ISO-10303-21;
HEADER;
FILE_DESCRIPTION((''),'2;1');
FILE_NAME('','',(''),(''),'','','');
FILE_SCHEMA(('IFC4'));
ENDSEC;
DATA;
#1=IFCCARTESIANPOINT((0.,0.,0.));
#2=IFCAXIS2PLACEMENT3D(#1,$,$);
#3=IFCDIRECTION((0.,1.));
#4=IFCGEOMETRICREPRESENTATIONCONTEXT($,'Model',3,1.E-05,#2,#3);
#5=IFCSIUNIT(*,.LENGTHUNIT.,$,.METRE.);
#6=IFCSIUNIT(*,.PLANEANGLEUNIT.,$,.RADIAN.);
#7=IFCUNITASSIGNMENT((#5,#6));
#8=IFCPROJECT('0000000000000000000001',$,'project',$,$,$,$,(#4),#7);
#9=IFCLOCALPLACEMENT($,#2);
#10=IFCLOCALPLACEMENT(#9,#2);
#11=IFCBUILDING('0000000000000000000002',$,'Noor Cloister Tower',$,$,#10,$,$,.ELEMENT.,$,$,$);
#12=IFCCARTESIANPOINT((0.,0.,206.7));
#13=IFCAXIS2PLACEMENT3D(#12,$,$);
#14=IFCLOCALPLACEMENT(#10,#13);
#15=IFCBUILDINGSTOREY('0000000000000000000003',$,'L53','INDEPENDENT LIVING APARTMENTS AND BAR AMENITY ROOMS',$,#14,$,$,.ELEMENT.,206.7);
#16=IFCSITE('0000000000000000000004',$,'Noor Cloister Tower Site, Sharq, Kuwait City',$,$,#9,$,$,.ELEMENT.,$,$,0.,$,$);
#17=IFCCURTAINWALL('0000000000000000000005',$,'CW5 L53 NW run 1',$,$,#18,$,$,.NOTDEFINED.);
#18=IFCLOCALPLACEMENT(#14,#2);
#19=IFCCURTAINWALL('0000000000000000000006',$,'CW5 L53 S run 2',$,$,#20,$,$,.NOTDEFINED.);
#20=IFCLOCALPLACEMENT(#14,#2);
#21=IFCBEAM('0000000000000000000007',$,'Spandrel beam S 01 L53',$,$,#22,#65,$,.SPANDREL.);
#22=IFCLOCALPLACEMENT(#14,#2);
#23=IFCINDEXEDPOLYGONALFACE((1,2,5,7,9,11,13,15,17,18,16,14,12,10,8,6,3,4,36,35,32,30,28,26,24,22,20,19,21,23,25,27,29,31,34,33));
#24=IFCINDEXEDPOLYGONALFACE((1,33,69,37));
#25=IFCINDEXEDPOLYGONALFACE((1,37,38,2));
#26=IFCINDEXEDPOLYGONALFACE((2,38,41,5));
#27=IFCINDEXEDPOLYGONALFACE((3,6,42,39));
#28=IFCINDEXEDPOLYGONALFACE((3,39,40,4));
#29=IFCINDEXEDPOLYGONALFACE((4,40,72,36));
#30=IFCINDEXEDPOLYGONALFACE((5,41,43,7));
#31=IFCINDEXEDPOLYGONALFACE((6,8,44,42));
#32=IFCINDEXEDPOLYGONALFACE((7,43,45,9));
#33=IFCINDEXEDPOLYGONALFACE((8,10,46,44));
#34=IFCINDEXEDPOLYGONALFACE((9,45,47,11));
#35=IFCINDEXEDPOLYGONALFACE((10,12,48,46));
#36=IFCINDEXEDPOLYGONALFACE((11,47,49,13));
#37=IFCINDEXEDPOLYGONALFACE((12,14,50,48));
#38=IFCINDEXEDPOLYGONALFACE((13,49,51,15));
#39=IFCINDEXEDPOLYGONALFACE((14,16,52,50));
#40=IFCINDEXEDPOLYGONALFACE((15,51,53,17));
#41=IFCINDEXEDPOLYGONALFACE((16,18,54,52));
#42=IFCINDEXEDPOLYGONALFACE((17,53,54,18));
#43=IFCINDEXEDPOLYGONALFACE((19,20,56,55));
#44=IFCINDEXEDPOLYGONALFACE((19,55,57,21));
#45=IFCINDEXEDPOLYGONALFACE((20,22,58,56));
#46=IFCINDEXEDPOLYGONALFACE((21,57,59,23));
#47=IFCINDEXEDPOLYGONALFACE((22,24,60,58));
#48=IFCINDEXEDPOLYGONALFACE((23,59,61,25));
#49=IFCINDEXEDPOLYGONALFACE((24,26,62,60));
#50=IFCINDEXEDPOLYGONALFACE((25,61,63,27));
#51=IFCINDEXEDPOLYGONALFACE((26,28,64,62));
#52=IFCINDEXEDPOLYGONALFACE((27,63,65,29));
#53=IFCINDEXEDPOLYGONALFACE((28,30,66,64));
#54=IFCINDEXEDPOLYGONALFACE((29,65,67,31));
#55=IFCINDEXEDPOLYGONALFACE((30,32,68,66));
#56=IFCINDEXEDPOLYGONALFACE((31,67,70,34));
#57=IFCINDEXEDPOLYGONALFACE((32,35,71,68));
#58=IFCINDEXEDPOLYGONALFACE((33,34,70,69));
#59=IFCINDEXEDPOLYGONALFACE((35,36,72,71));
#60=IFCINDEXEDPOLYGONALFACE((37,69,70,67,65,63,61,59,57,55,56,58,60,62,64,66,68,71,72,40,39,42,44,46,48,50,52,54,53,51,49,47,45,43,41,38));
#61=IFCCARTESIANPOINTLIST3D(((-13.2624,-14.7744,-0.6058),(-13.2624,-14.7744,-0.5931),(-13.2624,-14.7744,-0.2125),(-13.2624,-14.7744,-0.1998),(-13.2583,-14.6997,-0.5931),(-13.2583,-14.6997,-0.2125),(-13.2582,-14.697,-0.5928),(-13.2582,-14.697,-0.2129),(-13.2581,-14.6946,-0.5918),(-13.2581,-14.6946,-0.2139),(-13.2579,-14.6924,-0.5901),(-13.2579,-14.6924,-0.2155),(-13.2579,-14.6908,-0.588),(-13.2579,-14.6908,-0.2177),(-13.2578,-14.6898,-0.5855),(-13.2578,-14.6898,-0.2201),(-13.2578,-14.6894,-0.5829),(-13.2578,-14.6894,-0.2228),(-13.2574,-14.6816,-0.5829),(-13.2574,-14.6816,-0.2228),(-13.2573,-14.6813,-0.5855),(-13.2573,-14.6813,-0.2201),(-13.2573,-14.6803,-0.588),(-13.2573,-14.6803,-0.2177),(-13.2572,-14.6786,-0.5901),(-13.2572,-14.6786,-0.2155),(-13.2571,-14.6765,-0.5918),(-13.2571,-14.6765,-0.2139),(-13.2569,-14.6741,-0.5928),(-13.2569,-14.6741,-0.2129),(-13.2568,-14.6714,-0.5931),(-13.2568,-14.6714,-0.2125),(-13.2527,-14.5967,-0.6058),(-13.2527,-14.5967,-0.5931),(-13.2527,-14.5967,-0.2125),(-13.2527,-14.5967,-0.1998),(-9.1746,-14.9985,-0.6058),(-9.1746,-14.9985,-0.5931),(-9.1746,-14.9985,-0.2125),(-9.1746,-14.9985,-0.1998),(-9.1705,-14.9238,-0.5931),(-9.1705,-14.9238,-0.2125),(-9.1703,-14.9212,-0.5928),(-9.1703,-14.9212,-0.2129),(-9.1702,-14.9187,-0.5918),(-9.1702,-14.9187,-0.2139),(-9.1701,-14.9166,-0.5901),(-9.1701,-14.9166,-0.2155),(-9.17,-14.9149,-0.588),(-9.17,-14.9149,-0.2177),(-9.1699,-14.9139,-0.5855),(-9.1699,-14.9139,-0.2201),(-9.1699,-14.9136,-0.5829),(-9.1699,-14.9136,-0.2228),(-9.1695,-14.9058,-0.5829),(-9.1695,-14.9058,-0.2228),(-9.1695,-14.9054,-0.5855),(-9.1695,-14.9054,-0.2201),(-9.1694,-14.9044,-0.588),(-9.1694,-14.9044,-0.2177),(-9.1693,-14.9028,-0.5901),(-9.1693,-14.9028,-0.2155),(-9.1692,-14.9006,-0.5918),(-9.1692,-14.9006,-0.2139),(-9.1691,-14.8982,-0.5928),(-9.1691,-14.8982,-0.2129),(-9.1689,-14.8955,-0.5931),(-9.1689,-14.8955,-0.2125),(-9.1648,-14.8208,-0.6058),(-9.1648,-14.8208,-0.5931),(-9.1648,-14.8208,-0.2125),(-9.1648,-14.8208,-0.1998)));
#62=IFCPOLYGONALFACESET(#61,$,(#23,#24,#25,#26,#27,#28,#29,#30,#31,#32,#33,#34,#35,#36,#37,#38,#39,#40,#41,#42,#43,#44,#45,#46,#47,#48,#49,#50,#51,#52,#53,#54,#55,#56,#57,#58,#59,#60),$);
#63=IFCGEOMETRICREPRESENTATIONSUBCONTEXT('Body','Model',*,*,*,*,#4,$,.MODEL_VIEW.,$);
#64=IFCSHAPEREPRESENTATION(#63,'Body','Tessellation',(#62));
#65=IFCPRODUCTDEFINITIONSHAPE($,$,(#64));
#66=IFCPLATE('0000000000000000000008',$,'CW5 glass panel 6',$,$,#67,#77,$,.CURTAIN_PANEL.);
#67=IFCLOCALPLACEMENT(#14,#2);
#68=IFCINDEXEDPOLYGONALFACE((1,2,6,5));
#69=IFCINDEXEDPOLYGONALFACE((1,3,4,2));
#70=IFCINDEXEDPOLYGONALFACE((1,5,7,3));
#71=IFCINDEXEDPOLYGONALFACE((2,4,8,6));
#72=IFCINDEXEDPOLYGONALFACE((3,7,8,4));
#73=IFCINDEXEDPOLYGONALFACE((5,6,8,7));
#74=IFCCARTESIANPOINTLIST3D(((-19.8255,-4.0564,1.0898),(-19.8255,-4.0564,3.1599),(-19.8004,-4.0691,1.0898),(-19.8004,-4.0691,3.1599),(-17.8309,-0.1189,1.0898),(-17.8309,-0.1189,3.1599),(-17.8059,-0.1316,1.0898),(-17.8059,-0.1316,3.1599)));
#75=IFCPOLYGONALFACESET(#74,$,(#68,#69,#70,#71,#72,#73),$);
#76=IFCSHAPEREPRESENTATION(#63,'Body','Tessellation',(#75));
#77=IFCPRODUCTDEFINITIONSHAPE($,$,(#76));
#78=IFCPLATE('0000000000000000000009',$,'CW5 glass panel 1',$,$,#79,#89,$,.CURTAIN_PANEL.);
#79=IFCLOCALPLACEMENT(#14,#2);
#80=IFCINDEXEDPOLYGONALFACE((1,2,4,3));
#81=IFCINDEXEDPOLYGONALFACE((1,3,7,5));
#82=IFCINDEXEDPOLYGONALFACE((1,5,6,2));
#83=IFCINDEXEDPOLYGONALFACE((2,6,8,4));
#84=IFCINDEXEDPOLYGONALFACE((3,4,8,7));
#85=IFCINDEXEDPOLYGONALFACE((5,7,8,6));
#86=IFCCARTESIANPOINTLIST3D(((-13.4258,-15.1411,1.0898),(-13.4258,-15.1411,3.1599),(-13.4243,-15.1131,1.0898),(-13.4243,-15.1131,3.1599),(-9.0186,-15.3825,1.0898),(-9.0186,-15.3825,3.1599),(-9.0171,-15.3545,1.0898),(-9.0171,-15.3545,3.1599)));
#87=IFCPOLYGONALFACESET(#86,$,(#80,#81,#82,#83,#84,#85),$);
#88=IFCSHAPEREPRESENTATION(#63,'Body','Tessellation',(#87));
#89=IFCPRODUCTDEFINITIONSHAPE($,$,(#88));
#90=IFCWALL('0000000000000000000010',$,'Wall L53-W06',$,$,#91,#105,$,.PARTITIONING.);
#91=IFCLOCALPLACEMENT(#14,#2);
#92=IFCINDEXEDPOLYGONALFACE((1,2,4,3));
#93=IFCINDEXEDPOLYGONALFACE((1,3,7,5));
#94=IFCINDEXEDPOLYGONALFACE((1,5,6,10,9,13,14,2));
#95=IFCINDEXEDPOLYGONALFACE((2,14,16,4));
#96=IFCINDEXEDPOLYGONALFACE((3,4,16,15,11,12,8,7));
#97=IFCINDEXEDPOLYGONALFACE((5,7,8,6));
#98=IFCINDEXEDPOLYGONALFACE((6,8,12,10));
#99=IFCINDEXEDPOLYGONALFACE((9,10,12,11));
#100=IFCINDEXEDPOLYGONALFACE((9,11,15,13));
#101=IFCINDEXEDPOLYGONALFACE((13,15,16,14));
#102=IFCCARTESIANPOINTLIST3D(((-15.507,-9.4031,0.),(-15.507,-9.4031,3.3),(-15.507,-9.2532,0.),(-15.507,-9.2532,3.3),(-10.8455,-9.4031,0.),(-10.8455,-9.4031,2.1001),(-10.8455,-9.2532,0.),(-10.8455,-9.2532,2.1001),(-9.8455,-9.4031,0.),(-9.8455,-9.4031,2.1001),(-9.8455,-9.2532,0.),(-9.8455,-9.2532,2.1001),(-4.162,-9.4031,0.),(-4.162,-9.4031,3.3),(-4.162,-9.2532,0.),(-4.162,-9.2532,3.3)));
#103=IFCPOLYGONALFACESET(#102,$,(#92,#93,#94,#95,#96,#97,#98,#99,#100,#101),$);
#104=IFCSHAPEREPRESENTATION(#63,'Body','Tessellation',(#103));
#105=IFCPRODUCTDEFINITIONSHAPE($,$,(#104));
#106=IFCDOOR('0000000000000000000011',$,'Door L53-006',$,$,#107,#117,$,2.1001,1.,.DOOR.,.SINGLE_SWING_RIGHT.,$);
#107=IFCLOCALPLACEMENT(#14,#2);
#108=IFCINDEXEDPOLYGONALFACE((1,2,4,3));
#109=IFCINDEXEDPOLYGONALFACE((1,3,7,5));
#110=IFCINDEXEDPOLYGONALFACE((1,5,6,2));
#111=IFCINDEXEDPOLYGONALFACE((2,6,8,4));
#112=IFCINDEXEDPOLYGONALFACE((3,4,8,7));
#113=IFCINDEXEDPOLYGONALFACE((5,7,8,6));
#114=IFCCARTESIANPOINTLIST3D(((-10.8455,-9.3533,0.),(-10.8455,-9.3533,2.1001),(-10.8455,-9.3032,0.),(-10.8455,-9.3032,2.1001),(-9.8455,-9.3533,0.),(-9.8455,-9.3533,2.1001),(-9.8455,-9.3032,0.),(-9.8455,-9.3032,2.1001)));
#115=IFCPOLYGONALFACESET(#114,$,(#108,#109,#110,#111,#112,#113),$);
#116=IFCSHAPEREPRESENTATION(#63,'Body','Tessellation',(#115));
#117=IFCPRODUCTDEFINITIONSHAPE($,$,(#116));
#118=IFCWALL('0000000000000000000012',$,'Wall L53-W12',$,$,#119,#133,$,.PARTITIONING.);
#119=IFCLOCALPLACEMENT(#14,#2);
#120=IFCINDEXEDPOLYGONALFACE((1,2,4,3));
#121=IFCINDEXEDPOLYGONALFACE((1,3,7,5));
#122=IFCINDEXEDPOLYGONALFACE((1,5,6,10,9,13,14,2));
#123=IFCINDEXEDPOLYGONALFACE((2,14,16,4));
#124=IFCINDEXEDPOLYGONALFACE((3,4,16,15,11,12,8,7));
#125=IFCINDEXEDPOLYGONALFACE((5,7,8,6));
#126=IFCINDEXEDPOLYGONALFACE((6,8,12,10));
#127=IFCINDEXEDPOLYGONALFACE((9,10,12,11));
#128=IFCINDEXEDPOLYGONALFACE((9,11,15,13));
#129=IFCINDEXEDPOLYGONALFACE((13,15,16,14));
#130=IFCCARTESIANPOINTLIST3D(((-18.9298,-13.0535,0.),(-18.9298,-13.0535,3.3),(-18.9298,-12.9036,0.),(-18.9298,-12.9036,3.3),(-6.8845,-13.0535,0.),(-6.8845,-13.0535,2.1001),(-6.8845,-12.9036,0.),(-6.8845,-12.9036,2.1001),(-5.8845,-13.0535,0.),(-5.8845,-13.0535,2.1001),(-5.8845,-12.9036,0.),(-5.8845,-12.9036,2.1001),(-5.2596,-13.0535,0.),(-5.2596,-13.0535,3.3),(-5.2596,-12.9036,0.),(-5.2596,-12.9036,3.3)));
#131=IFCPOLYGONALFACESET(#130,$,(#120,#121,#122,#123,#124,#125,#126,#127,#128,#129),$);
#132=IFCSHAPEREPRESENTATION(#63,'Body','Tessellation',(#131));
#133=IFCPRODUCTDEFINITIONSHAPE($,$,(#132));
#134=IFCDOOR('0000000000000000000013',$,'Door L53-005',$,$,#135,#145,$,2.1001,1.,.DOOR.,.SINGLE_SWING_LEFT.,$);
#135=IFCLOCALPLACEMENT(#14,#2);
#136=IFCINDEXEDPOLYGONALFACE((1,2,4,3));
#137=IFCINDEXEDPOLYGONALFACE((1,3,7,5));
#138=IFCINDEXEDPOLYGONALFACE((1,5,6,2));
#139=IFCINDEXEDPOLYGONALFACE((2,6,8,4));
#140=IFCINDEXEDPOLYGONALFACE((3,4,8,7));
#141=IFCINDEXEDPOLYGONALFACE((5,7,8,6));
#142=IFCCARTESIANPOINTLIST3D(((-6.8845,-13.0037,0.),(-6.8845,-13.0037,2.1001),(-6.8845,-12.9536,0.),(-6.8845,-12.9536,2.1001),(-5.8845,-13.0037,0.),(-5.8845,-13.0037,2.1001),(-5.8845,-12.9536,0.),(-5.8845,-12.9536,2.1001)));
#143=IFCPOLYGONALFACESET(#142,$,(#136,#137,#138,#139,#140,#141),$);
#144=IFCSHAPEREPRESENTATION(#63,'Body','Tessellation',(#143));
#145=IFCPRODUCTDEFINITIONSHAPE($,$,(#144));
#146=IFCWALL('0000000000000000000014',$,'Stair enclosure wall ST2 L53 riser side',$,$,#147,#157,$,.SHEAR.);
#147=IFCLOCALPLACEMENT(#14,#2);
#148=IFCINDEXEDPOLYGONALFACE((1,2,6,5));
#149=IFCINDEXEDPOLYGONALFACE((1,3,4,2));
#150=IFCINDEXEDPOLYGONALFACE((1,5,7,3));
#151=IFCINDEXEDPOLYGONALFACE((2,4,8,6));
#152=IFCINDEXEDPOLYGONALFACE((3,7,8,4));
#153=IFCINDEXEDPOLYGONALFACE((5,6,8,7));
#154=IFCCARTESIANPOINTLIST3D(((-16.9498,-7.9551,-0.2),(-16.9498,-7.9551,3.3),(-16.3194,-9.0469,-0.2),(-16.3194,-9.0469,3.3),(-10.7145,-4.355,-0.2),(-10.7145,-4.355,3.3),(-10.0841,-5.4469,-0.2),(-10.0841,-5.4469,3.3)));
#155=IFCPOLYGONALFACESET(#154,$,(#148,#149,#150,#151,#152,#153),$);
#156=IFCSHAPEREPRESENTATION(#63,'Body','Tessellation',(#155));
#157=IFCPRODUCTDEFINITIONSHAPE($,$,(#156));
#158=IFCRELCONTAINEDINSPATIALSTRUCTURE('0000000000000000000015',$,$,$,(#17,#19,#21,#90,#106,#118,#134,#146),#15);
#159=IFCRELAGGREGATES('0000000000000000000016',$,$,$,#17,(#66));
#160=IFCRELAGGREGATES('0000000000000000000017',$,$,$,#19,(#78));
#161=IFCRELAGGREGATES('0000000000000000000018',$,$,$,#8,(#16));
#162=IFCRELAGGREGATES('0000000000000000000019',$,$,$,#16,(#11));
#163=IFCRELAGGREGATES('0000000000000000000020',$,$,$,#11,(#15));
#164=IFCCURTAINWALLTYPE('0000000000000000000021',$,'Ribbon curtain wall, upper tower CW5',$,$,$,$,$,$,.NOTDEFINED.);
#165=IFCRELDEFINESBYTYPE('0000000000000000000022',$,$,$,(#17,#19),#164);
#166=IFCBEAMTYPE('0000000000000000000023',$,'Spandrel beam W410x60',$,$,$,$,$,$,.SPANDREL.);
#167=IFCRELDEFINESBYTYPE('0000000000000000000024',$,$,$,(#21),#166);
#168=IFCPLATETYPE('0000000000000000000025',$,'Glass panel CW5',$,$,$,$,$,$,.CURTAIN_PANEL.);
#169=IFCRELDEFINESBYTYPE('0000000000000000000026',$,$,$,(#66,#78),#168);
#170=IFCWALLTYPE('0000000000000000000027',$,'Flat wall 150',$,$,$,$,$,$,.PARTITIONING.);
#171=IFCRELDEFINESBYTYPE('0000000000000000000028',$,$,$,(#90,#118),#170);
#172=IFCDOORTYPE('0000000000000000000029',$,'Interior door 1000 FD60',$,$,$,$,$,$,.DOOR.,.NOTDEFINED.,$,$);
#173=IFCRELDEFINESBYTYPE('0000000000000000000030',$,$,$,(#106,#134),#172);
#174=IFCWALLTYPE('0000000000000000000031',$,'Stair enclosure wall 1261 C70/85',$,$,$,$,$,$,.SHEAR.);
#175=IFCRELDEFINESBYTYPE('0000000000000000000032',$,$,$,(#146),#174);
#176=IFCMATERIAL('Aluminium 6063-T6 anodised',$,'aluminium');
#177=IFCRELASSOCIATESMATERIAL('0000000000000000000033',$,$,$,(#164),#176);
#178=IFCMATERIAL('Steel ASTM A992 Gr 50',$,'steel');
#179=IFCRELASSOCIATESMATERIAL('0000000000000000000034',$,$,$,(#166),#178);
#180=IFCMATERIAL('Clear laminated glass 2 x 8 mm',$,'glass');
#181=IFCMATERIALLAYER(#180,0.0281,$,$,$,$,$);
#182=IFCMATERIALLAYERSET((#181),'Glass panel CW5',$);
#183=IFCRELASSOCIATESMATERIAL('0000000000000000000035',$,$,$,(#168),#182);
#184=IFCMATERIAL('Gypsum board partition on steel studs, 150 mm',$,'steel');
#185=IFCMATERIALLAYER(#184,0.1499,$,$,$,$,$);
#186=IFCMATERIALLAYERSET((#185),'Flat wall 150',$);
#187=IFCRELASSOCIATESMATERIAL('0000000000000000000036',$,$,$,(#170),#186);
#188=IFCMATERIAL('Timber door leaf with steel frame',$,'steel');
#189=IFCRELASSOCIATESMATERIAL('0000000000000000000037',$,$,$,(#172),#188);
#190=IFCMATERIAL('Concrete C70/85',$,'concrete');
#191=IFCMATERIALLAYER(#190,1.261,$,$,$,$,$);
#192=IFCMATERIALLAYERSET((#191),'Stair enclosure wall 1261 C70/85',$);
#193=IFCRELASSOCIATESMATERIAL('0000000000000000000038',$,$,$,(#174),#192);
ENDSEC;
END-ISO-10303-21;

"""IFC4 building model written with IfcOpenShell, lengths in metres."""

from ifc_helpers import new_model, si_unit, direction, frame, frame_2d, origin, origin_2d, place, context, subcontext, project, spatial, rectangle, i_section, extrude, material, layer, layer_set, material_profile, profile_set, type_object, element, fill, aggregate, save


model = new_model("IFC4")

# Units and contexts
model_context = context("Model", 3, precision=1e-05, world=origin(), true_north=direction((0.0, 1.0)))
body_context = subcontext(model_context, "Body", "Model", "MODEL_VIEW")
ifc_project = project(units=[si_unit("LENGTHUNIT", "METRE"), si_unit("PLANEANGLEUNIT", "RADIAN")], contexts=[model_context])

# Site, building, storey
site_placement = place(None, origin())
site = spatial("IfcSite", under=ifc_project, at=site_placement, Name="Noor Cloister Tower Site, Sharq, Kuwait City", CompositionType="ELEMENT", RefElevation=0.0)
building_placement = place(site_placement, origin())
building = spatial("IfcBuilding", under=site, at=building_placement, Name="Noor Cloister Tower", CompositionType="ELEMENT")
storey_placement = place(building_placement, frame((0.0, 0.0, 206.7)))
storey = spatial("IfcBuildingStorey", under=building, at=storey_placement, Name="L53", Description="INDEPENDENT LIVING APARTMENTS AND BAR AMENITY ROOMS", CompositionType="ELEMENT", Elevation=206.7)

# Curtain wall
ifc_material_1 = material(Name="Aluminium 6063-T6 anodised", Category="aluminium")
curtain_wall_type = type_object("IfcCurtainWallType", Name="Ribbon curtain wall, upper tower CW5", PredefinedType="NOTDEFINED", material=ifc_material_1)
curtain_wall_1_placement = place(storey_placement, origin())
curtain_wall_1 = element("IfcCurtainWall", 1, at=curtain_wall_1_placement, inside=storey, type_object=curtain_wall_type, Name="CW5 L53 NW run 1", PredefinedType="NOTDEFINED")

# Curtain wall
curtain_wall_2_placement = place(storey_placement, origin())
curtain_wall_2 = element("IfcCurtainWall", 2, at=curtain_wall_2_placement, inside=storey, type_object=curtain_wall_type, Name="CW5 L53 S run 2", PredefinedType="NOTDEFINED")

# Beam
ifc_material_2 = material(Name="Steel ASTM A992 Gr 50", Category="steel")
ifc_material_profile_1 = material_profile(ifc_material_2, i_section(OverallWidth=0.178, OverallDepth=0.406, WebThickness=0.0078, FlangeThickness=0.0127, FilletRadius=0.0103, at=origin_2d()), Name="W410x60")
ifc_profile_set_1 = profile_set([ifc_material_profile_1], Name="Steel ASTM A992 Gr 50")
beam_type_1 = type_object("IfcBeamType", Name="Spandrel beam W410x60", PredefinedType="SPANDREL", material=ifc_profile_set_1)
for number, where, z_axis, x_axis, name in (
    (3, (-13.2576, -14.6855, -0.4028), (0.9985, -0.054743, 0.0), (0.054743, 0.9985, 0.0), "Spandrel beam S 01 L53"),
):
    element("IfcBeam", number, at=place(storey_placement, frame(where, z_axis=z_axis, x_axis=x_axis)), inside=storey, type_object=beam_type_1, Name=name, PredefinedType="SPANDREL", context=body_context, shape_type="SweptSolid", body=[
        extrude(i_section(OverallWidth=0.178, OverallDepth=0.406, WebThickness=0.0078, FlangeThickness=0.0127, FilletRadius=0.0103, at=origin_2d()), origin(), (0.0, 0.0, 1.0), 4.094),
    ])

# Plates
ifc_material_3 = material(Name="Clear laminated glass 2 x 8 mm", Category="glass")
ifc_layer_1 = layer(ifc_material_3, 0.0281)
ifc_layer_set_1 = layer_set([ifc_layer_1], Name="Glass panel CW5")
plate_type = type_object("IfcPlateType", Name="Glass panel CW5", PredefinedType="CURTAIN_PANEL", material=ifc_layer_set_1)
plate_1_placement = place(storey_placement, frame((-18.8157, -2.094, 1.0898), z_axis=(0.0, 0.0, 1.0), x_axis=(-0.451879, -0.892079, 0.0)))
plate_1 = element("IfcPlate", 4, at=plate_1_placement, type_object=plate_type, Name="CW5 glass panel 6", PredefinedType="CURTAIN_PANEL", context=body_context, shape_type="SweptSolid", body=[
    extrude(rectangle(XDim=4.4138, YDim=0.0281, at=origin_2d()), origin(), (0.0, 0.0, 1.0), 2.0701),
])
aggregate(curtain_wall_1, [plate_1])
plate_2_placement = place(storey_placement, frame((-11.2214, -15.2478, 1.0898), z_axis=(0.0, 0.0, 1.0), x_axis=(0.998503, -0.054701, 0.0)))
plate_2 = element("IfcPlate", 5, at=plate_2_placement, type_object=plate_type, Name="CW5 glass panel 1", PredefinedType="CURTAIN_PANEL", context=body_context, shape_type="SweptSolid", body=[
    extrude(rectangle(XDim=4.4138, YDim=0.0281, at=origin_2d()), origin(), (0.0, 0.0, 1.0), 2.0701),
])
aggregate(curtain_wall_2, [plate_2])

# Walls, openings, doors
ifc_material_4 = material(Name="Gypsum board partition on steel studs, 150 mm", Category="steel")
ifc_layer_2 = layer(ifc_material_4, 0.1499)
ifc_layer_set_2 = layer_set([ifc_layer_2], Name="Flat wall 150")
wall_type_1 = type_object("IfcWallType", Name="Flat wall 150", PredefinedType="PARTITIONING", material=ifc_layer_set_2)
wall_1_placement = place(storey_placement, frame((-15.5068, -9.3281, 0.0), z_axis=(0.0, 0.0, 1.0), x_axis=(1.0, 0.0, 0.0)))
wall_1 = element("IfcWall", 6, at=wall_1_placement, inside=storey, type_object=wall_type_1, Name="Wall L53-W06", PredefinedType="PARTITIONING", context=body_context, shape_type="SweptSolid", body=[
    extrude(rectangle(XDim=11.345, YDim=0.1499, at=frame_2d((5.6724, 0.0))), origin(), (0.0, 0.0, 1.0), 3.3),
])
opening_1_placement = place(wall_1_placement, frame((4.6614, 0.0, 0.0)))
opening_1 = element("IfcOpeningElement", 7, at=opening_1_placement, cuts=wall_1, PredefinedType="OPENING", context=body_context, shape_type="SweptSolid", body=[
    extrude(rectangle(XDim=1.0, YDim=2.1001, at=frame_2d((0.5, 1.05))), frame((0.0, 0.085, 0.0), z_axis=(0.0, -1.0, 0.0), x_axis=(1.0, 0.0, 0.0)), (0.0, 0.0, 1.0), 0.1699),
])
ifc_material_5 = material(Name="Timber door leaf with steel frame", Category="steel")
door_type_1 = type_object("IfcDoorType", Name="Interior door 1000 FD60", OperationType="NOTDEFINED", PredefinedType="DOOR", material=ifc_material_5)
door_1_placement = place(opening_1_placement, origin())
door_1 = element("IfcDoor", 8, at=door_1_placement, inside=storey, type_object=door_type_1, Name="Door L53-006", OperationType="SINGLE_SWING_RIGHT", OverallHeight=2.1001, OverallWidth=1.0, PredefinedType="DOOR", context=body_context, shape_type="SweptSolid", body=[
    extrude(rectangle(XDim=1.0, YDim=2.1001, at=frame_2d((0.5, 1.05))), frame((0.0, 0.0249, 0.0), z_axis=(0.0, -1.0, 0.0), x_axis=(1.0, 0.0, 0.0)), (0.0, 0.0, 1.0), 0.05),
])
fill(opening_1, door_1)
wall_2_placement = place(storey_placement, frame((-18.9297, -12.9785, 0.0), z_axis=(0.0, 0.0, 1.0), x_axis=(1.0, 0.0, 0.0)))
wall_2 = element("IfcWall", 9, at=wall_2_placement, inside=storey, type_object=wall_type_1, Name="Wall L53-W12", PredefinedType="PARTITIONING", context=body_context, shape_type="SweptSolid", body=[
    extrude(rectangle(XDim=13.6702, YDim=0.1499, at=frame_2d((6.835, 0.0))), origin(), (0.0, 0.0, 1.0), 3.3),
])
opening_2_placement = place(wall_2_placement, frame((12.0452, 0.0, 0.0)))
opening_2 = element("IfcOpeningElement", 10, at=opening_2_placement, cuts=wall_2, PredefinedType="OPENING", context=body_context, shape_type="SweptSolid", body=[
    extrude(rectangle(XDim=1.0, YDim=2.1001, at=frame_2d((0.5, 1.05))), frame((0.0, 0.085, 0.0), z_axis=(0.0, -1.0, 0.0), x_axis=(1.0, 0.0, 0.0)), (0.0, 0.0, 1.0), 0.1699),
])
door_2_placement = place(opening_2_placement, origin())
door_2 = element("IfcDoor", 11, at=door_2_placement, inside=storey, type_object=door_type_1, Name="Door L53-005", OperationType="SINGLE_SWING_LEFT", OverallHeight=2.1001, OverallWidth=1.0, PredefinedType="DOOR", context=body_context, shape_type="SweptSolid", body=[
    extrude(rectangle(XDim=1.0, YDim=2.1001, at=frame_2d((0.5, 1.05))), frame((0.0, 0.0249, 0.0), z_axis=(0.0, -1.0, 0.0), x_axis=(1.0, 0.0, 0.0)), (0.0, 0.0, 1.0), 0.05),
])
fill(opening_2, door_2)

# Wall
ifc_material_6 = material(Name="Concrete C70/85", Category="concrete")
ifc_layer_3 = layer(ifc_material_6, 1.261)
ifc_layer_set_3 = layer_set([ifc_layer_3], Name="Stair enclosure wall 1261 C70/85")
wall_type_2 = type_object("IfcWallType", Name="Stair enclosure wall 1261 C70/85", PredefinedType="SHEAR", material=ifc_layer_set_3)
wall_3_placement = place(storey_placement, frame((-10.3992, -4.9009, -0.2), z_axis=(0.0, 0.0, 1.0), x_axis=(-0.866018, -0.500012, 0.0)))
element("IfcWall", 12, at=wall_3_placement, inside=storey, type_object=wall_type_2, Name="Stair enclosure wall ST2 L53 riser side", PredefinedType="SHEAR", context=body_context, shape_type="SweptSolid", body=[
    extrude(rectangle(XDim=7.2, YDim=1.2607, at=frame_2d((3.6001, 0.0))), origin(), (0.0, 0.0, 1.0), 3.5),
])

save(model, "model.ifc")
